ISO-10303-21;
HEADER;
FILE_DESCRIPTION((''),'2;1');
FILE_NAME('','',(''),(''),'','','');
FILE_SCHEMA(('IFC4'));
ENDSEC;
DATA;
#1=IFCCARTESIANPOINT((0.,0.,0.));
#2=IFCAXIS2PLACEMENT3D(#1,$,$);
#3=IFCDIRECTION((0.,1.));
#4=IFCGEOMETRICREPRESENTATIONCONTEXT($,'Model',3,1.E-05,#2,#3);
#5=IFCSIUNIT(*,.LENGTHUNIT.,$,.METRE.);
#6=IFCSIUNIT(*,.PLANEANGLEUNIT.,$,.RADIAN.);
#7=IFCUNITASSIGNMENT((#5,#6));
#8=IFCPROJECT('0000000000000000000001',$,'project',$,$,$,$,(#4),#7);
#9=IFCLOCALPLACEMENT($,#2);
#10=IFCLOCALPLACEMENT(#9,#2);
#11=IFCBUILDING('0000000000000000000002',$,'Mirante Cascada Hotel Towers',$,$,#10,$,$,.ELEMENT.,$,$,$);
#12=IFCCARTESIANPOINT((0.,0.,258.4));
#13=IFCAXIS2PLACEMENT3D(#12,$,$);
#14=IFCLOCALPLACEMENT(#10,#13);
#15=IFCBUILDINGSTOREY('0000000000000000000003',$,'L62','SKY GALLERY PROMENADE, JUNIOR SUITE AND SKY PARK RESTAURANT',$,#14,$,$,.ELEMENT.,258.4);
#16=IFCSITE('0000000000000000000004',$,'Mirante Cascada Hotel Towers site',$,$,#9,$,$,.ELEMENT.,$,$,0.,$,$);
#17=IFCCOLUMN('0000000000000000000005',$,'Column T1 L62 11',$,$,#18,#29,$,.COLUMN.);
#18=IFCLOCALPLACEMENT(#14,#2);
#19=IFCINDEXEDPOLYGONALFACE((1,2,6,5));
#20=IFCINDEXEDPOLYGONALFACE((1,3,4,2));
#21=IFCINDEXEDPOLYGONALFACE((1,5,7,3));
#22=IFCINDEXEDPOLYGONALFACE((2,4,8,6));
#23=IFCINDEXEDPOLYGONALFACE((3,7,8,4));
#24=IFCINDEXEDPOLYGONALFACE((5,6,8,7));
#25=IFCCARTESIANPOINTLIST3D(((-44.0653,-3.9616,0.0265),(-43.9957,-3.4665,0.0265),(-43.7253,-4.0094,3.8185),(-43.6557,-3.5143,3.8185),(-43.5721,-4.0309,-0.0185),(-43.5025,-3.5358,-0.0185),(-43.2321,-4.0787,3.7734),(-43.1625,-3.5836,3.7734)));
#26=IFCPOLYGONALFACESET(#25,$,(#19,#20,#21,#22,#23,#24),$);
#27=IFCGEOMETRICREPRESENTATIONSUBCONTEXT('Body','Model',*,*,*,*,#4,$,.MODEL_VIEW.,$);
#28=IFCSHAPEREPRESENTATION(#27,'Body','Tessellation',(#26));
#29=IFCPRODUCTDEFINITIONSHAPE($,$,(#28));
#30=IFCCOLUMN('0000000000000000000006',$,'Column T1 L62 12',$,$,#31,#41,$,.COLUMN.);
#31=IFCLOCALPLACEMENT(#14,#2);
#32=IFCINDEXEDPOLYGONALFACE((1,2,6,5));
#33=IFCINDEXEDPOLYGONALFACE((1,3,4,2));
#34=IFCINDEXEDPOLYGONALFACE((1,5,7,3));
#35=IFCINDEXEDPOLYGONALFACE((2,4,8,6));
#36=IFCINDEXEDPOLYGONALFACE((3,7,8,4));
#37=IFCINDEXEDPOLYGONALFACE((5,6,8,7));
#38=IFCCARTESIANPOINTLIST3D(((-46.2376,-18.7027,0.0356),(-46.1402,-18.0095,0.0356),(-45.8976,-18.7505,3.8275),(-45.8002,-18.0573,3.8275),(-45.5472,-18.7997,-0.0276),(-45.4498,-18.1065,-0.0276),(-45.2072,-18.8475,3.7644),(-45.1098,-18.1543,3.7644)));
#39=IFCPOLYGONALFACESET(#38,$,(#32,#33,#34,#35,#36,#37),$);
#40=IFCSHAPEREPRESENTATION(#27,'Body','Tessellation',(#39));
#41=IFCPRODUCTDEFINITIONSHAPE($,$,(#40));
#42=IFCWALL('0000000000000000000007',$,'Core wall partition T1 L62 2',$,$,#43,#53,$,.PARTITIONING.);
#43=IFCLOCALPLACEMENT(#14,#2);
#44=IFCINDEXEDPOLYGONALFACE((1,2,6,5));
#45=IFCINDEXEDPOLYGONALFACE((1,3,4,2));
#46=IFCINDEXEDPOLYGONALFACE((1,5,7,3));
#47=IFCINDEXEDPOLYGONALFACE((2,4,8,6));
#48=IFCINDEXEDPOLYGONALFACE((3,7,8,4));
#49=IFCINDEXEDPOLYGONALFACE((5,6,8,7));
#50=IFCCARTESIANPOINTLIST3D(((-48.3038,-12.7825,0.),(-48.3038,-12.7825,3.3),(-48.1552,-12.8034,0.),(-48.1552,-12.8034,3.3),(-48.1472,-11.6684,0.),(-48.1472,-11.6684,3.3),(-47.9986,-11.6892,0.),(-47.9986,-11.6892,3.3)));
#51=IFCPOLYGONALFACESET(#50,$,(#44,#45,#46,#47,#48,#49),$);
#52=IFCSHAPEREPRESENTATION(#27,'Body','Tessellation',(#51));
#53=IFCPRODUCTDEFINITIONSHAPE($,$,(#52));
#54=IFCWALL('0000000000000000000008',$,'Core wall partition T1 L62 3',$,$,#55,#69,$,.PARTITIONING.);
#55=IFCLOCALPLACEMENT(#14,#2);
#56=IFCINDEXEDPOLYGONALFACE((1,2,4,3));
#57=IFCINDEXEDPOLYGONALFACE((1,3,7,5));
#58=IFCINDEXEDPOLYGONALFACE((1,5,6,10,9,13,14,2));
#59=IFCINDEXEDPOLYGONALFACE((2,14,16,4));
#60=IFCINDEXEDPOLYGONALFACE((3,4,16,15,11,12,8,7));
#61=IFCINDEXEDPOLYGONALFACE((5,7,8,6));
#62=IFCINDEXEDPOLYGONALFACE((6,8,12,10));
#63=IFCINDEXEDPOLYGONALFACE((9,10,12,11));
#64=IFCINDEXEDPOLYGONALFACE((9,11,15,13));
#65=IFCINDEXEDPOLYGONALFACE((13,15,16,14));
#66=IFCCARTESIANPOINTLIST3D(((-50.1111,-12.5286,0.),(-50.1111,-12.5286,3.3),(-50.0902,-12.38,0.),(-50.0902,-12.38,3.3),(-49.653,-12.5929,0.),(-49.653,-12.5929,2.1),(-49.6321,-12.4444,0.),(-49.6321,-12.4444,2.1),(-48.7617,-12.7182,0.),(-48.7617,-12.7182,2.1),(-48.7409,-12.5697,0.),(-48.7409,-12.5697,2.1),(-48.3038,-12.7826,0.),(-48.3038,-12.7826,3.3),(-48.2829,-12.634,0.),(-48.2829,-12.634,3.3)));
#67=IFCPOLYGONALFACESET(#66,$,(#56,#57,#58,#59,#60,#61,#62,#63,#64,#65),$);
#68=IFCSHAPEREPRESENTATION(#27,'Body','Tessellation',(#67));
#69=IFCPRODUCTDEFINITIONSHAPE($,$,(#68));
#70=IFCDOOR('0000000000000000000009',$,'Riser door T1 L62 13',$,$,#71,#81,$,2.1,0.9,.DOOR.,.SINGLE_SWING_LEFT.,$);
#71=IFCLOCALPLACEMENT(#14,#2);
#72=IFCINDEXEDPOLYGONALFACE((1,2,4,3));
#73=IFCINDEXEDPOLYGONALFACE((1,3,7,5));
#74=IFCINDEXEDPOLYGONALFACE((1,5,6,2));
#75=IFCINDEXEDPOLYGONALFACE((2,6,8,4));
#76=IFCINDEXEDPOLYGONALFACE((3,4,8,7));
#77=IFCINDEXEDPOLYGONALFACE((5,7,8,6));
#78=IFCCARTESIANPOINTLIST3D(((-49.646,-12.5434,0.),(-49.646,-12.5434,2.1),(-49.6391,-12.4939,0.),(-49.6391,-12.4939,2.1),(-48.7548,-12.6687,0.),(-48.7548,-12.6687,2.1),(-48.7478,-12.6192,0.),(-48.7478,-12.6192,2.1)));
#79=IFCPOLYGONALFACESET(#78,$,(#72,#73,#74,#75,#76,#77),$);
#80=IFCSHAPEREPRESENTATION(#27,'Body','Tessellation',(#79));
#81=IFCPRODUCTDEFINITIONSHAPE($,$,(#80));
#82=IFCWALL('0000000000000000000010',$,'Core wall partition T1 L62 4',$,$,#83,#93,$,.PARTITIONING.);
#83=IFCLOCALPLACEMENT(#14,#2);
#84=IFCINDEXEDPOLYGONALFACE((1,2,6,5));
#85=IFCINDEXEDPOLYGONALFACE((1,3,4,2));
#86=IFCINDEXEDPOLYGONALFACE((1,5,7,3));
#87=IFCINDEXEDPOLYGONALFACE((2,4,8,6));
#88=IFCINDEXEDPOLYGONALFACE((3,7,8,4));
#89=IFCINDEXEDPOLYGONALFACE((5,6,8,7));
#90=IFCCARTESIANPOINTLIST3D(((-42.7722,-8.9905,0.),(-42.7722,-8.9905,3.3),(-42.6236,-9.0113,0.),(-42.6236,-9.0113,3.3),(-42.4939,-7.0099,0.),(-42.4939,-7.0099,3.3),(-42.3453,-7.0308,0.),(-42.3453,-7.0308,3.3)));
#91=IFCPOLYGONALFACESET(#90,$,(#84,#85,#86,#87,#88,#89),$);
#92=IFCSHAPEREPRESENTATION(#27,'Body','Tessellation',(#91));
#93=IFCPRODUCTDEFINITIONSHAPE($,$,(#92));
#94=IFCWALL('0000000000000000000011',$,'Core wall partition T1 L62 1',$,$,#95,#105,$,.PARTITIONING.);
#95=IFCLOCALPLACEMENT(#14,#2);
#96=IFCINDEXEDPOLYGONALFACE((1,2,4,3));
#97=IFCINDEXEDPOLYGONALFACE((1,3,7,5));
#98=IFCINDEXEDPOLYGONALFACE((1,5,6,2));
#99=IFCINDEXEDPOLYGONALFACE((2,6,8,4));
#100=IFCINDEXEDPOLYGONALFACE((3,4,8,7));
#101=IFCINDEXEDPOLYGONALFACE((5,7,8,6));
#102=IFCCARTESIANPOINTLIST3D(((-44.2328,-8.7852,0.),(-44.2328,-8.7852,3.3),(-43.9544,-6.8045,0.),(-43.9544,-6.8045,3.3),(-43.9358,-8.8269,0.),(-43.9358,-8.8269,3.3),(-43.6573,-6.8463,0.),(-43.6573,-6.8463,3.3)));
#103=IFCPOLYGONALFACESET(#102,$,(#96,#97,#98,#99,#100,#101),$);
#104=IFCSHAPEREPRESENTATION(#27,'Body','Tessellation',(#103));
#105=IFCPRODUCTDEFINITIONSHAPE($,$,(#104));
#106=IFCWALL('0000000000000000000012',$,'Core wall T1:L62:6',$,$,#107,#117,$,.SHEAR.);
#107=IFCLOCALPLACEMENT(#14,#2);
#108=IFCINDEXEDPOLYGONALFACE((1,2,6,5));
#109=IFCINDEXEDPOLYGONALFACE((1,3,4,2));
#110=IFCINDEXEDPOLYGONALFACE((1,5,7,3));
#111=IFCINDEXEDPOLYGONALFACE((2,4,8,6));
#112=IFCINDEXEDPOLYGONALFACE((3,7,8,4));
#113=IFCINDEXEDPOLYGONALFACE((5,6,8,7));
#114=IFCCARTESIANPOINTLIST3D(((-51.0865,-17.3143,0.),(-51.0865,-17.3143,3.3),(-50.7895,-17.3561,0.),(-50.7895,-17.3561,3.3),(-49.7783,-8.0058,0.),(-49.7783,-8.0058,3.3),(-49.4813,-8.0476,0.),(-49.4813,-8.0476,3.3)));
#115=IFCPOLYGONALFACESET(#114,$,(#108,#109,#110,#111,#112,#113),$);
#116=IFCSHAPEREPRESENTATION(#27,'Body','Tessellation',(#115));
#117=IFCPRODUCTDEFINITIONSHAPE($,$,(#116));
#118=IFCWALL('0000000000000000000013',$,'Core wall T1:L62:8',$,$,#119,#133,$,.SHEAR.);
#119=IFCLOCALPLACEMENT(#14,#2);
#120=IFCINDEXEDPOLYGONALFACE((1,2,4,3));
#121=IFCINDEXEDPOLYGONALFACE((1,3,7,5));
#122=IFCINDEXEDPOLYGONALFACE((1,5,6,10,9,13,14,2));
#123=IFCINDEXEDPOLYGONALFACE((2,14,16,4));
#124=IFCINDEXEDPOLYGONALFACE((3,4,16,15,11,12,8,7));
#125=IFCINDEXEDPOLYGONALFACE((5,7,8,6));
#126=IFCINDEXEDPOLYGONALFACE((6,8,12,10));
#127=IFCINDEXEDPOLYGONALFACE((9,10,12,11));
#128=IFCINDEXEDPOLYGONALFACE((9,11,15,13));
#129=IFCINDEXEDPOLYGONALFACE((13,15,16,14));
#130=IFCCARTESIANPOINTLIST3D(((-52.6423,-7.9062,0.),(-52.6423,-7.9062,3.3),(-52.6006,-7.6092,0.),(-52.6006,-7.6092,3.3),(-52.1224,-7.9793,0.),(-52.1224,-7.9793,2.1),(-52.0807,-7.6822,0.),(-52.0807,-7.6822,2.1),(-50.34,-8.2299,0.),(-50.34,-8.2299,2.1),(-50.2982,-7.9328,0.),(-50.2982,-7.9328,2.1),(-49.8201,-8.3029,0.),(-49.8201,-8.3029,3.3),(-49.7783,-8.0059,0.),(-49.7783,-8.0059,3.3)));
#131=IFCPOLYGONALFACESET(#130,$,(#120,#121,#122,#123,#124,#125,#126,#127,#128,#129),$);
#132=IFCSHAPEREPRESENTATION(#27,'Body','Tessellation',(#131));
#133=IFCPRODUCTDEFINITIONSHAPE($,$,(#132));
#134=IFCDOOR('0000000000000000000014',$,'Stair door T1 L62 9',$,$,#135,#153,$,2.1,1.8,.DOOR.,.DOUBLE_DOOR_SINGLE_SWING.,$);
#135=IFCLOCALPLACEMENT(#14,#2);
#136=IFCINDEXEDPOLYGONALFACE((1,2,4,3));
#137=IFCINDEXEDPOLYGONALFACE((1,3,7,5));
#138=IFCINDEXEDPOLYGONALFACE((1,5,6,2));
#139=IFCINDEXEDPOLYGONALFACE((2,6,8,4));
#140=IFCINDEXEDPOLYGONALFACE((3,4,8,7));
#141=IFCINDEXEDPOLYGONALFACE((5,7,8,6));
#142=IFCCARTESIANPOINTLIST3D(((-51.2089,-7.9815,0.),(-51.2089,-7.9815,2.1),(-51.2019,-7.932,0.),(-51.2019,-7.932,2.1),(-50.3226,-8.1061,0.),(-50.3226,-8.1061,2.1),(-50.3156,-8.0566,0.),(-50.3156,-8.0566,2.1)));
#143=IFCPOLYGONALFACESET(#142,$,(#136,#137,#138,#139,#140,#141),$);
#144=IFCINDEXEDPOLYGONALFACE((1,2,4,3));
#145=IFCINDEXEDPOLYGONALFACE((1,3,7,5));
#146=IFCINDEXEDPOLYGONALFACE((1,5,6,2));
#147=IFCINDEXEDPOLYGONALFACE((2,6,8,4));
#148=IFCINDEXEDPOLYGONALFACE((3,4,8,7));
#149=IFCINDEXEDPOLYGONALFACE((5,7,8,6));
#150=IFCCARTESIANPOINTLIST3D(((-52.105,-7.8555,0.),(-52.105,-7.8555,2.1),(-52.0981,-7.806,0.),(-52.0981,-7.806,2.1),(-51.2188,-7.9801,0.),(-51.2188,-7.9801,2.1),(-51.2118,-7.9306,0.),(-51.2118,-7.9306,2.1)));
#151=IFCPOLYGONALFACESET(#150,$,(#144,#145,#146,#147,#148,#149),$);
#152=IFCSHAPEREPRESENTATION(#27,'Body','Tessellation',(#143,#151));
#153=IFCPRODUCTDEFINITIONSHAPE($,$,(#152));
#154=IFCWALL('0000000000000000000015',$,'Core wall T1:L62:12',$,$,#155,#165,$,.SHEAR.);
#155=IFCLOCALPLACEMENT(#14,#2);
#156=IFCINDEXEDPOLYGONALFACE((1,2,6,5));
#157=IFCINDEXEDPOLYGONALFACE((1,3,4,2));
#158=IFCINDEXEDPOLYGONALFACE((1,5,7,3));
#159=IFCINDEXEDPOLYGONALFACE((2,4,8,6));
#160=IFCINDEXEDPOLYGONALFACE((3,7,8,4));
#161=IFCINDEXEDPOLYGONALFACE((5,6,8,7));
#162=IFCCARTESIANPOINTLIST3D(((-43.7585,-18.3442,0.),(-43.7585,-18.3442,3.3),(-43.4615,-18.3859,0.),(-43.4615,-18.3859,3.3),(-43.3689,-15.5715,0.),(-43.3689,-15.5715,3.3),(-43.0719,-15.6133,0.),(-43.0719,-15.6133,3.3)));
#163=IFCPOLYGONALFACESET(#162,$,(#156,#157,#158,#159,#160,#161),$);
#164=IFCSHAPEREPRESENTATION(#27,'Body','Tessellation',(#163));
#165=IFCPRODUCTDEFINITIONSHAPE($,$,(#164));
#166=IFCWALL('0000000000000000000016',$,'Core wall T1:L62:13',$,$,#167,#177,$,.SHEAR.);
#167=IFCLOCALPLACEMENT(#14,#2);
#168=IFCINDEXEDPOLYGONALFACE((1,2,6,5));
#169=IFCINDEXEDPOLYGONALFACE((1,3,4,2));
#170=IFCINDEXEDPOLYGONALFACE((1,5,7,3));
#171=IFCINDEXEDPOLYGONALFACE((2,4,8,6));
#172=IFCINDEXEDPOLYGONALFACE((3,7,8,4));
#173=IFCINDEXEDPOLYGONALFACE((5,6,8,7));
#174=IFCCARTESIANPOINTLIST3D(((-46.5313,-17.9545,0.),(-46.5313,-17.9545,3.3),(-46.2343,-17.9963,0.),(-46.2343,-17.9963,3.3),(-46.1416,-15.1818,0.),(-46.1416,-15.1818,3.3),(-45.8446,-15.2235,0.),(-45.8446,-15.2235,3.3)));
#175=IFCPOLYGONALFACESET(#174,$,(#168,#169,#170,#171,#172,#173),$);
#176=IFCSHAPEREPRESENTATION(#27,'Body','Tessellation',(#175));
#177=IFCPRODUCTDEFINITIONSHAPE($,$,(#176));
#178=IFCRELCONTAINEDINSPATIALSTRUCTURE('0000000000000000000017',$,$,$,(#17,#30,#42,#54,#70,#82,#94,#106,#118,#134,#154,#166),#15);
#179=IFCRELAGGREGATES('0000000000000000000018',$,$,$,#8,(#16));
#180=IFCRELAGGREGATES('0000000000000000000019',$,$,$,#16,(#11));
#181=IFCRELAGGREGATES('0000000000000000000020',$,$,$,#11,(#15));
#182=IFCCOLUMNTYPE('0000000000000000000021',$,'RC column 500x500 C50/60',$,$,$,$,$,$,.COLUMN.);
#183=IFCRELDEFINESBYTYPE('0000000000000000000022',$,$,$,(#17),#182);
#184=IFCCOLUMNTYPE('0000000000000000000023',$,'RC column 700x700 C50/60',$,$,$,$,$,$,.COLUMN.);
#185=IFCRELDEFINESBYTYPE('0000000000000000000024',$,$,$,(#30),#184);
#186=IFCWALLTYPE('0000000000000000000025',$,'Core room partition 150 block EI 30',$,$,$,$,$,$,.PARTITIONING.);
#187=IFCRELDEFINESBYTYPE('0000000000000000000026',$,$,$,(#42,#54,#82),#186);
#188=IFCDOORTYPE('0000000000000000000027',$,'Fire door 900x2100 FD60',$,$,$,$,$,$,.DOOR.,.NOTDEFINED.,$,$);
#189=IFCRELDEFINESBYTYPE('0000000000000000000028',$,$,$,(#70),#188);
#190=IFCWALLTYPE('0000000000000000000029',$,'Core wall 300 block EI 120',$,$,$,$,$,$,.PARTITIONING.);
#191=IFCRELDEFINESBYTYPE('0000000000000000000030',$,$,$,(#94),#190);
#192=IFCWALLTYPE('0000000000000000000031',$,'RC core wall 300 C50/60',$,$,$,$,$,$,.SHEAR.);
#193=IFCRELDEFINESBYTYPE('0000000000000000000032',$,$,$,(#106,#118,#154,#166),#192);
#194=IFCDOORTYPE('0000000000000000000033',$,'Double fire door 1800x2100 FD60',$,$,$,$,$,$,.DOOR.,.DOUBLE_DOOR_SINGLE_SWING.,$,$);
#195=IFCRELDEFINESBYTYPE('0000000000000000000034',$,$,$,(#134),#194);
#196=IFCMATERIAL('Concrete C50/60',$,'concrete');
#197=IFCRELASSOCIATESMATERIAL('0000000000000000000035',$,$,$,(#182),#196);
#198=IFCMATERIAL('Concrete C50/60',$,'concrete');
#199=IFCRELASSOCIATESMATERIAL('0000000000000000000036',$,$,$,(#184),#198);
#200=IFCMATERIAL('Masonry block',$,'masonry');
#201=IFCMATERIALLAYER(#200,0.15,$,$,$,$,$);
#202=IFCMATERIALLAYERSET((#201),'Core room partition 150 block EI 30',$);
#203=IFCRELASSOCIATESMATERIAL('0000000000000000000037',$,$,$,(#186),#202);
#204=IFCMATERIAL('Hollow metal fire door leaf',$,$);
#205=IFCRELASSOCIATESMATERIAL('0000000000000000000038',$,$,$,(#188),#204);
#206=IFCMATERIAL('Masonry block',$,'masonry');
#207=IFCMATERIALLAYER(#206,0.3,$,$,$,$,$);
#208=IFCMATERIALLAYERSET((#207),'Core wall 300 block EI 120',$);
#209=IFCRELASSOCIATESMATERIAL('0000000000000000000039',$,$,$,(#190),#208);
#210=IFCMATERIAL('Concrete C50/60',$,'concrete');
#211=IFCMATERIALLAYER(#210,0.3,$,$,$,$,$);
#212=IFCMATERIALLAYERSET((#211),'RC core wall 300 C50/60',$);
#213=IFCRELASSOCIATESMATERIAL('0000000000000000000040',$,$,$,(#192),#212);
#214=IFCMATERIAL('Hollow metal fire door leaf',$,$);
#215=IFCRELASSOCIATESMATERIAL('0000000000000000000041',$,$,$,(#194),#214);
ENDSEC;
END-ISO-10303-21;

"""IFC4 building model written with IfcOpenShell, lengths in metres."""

from ifc_helpers import new_model, si_unit, direction, frame, frame_2d, origin, origin_2d, place, context, subcontext, project, spatial, rectangle, extrude, material, layer, layer_set, material_profile, profile_set, type_object, element, fill, save


model = new_model("IFC4")

# Units and contexts
model_context = context("Model", 3, precision=1e-05, world=origin(), true_north=direction((0.0, 1.0)))
body_context = subcontext(model_context, "Body", "Model", "MODEL_VIEW")
ifc_project = project(units=[si_unit("LENGTHUNIT", "METRE"), si_unit("PLANEANGLEUNIT", "RADIAN")], contexts=[model_context])

# Site, building, storey
site_placement = place(None, origin())
site = spatial("IfcSite", under=ifc_project, at=site_placement, Name="Mirante Cascada Hotel Towers site", CompositionType="ELEMENT", RefElevation=0.0)
building_placement = place(site_placement, origin())
building = spatial("IfcBuilding", under=site, at=building_placement, Name="Mirante Cascada Hotel Towers", CompositionType="ELEMENT")
storey_placement = place(building_placement, frame((0.0, 0.0, 258.4)))
storey = spatial("IfcBuildingStorey", under=building, at=storey_placement, Name="L62", Description="SKY GALLERY PROMENADE, JUNIOR SUITE AND SKY PARK RESTAURANT", CompositionType="ELEMENT", Elevation=258.4)

# Columns
ifc_material_1 = material(Name="Concrete C50/60", Category="concrete")
ifc_material_profile_1 = material_profile(ifc_material_1, rectangle(XDim=0.5, YDim=0.5, at=origin_2d()), Name="RC column 500x500 C50/60")
ifc_profile_set_1 = profile_set([ifc_material_profile_1], Name="Concrete C50/60")
column_type_1 = type_object("IfcColumnType", Name="RC column 500x500 C50/60", PredefinedType="COLUMN", material=ifc_profile_set_1)
column_1_placement = place(storey_placement, frame((-43.7839, -3.7487, 0.004), z_axis=(0.089297, -0.012554, 0.995926), x_axis=(0.139219, 0.990262, 0.0)))
element("IfcColumn", 1, at=column_1_placement, inside=storey, type_object=column_type_1, Name="Column T1 L62 11", PredefinedType="COLUMN", context=body_context, shape_type="SweptSolid", body=[
    extrude(rectangle(XDim=0.5, YDim=0.5, at=origin_2d()), origin(), (0.0, 0.0, 1.0), 3.8075),
])
ifc_material_2 = material(Name="Concrete C50/60", Category="concrete")
ifc_material_profile_2 = material_profile(ifc_material_2, rectangle(XDim=0.7, YDim=0.7, at=origin_2d()), Name="RC column 700x700 C50/60")
ifc_profile_set_2 = profile_set([ifc_material_profile_2], Name="Concrete C50/60")
column_type_2 = type_object("IfcColumnType", Name="RC column 700x700 C50/60", PredefinedType="COLUMN", material=ifc_profile_set_2)
column_2_placement = place(storey_placement, frame((-45.8437, -18.4046, 0.004), z_axis=(0.089297, -0.012554, 0.995926), x_axis=(0.139219, 0.990262, 0.0)))
element("IfcColumn", 2, at=column_2_placement, inside=storey, type_object=column_type_2, Name="Column T1 L62 12", PredefinedType="COLUMN", context=body_context, shape_type="SweptSolid", body=[
    extrude(rectangle(XDim=0.7, YDim=0.7, at=origin_2d()), origin(), (0.0, 0.0, 1.0), 3.8075),
])

# Wall
ifc_material_3 = material(Name="Masonry block", Category="masonry")
ifc_layer_1 = layer(ifc_material_3, 0.15)
ifc_layer_set_1 = layer_set([ifc_layer_1], Name="Core room partition 150 block EI 30")
wall_type_1 = type_object("IfcWallType", Name="Core room partition 150 block EI 30", PredefinedType="PARTITIONING", material=ifc_layer_set_1)
wall_1_placement = place(storey_placement, frame((-48.2295, -12.793, 0.0), z_axis=(0.0, 0.0, 1.0), x_axis=(0.139193, 0.990265, 0.0)))
element("IfcWall", 3, at=wall_1_placement, inside=storey, type_object=wall_type_1, Name="Core wall partition T1 L62 2", PredefinedType="PARTITIONING", context=body_context, shape_type="SweptSolid", body=[
    extrude(rectangle(XDim=1.1251, YDim=0.15, at=frame_2d((0.5626, 0.0))), origin(), (0.0, 0.0, 1.0), 3.3),
])

# Wall, opening, door
wall_2_placement = place(storey_placement, frame((-48.2933, -12.7083, 0.0), z_axis=(0.0, 0.0, 1.0), x_axis=(-0.990268, 0.139173, 0.0)))
wall_2 = element("IfcWall", 4, at=wall_2_placement, inside=storey, type_object=wall_type_1, Name="Core wall partition T1 L62 3", PredefinedType="PARTITIONING", context=body_context, shape_type="SweptSolid", body=[
    extrude(rectangle(XDim=1.8251, YDim=0.15, at=frame_2d((0.9126, 0.0))), origin(), (0.0, 0.0, 1.0), 3.3),
])
opening_1_placement = place(wall_2_placement, frame((0.4625, 0.0, 0.0)))
opening_1 = element("IfcOpeningElement", 5, at=opening_1_placement, cuts=wall_2, PredefinedType="OPENING", context=body_context, shape_type="SweptSolid", body=[
    extrude(rectangle(XDim=0.9, YDim=2.1, at=frame_2d((0.45, 1.05))), frame((0.0, 0.075, 0.0), z_axis=(0.0, -1.0, 0.0), x_axis=(1.0, 0.0, 0.0)), (0.0, 0.0, 1.0), 0.15),
])
ifc_material_4 = material(Name="Hollow metal fire door leaf")
door_type_1 = type_object("IfcDoorType", Name="Fire door 900x2100 FD60", OperationType="NOTDEFINED", PredefinedType="DOOR", material=ifc_material_4)
door_1_placement = place(opening_1_placement, origin())
door_1 = element("IfcDoor", 6, at=door_1_placement, inside=storey, type_object=door_type_1, Name="Riser door T1 L62 13", OperationType="SINGLE_SWING_LEFT", OverallHeight=2.1, OverallWidth=0.9, PredefinedType="DOOR", context=body_context, shape_type="SweptSolid", body=[
    extrude(rectangle(XDim=0.9, YDim=2.1, at=frame_2d((0.45, 1.05))), frame((0.0, 0.025, 0.0), z_axis=(0.0, -1.0, 0.0), x_axis=(1.0, 0.0, 0.0)), (0.0, 0.0, 1.0), 0.05),
])
fill(opening_1, door_1)

# Walls
wall_3_placement = place(storey_placement, frame((-42.6979, -9.0009, 0.0), z_axis=(0.0, 0.0, 1.0), x_axis=(0.139153, 0.990271, 0.0)))
element("IfcWall", 7, at=wall_3_placement, inside=storey, type_object=wall_type_1, Name="Core wall partition T1 L62 4", PredefinedType="PARTITIONING", context=body_context, shape_type="SweptSolid", body=[
    extrude(rectangle(XDim=2.0, YDim=0.15, at=frame_2d((1.0, 0.0))), origin(), (0.0, 0.0, 1.0), 3.3),
])
ifc_material_5 = material(Name="Masonry block", Category="masonry")
ifc_layer_2 = layer(ifc_material_5, 0.3)
ifc_layer_set_2 = layer_set([ifc_layer_2], Name="Core wall 300 block EI 120")
wall_type_2 = type_object("IfcWallType", Name="Core wall 300 block EI 120", PredefinedType="PARTITIONING", material=ifc_layer_set_2)
wall_4_placement = place(storey_placement, frame((-44.0843, -8.8061, 0.0), z_axis=(0.0, 0.0, 1.0), x_axis=(0.139195, 0.990265, 0.0)))
element("IfcWall", 8, at=wall_4_placement, inside=storey, type_object=wall_type_2, Name="Core wall partition T1 L62 1", PredefinedType="PARTITIONING", context=body_context, shape_type="SweptSolid", body=[
    extrude(rectangle(XDim=2.0001, YDim=0.3, at=frame_2d((1.0001, 0.0))), origin(), (0.0, 0.0, 1.0), 3.3),
])
ifc_material_6 = material(Name="Concrete C50/60", Category="concrete")
ifc_layer_3 = layer(ifc_material_6, 0.3)
ifc_layer_set_3 = layer_set([ifc_layer_3], Name="RC core wall 300 C50/60")
wall_type_3 = type_object("IfcWallType", Name="RC core wall 300 C50/60", PredefinedType="SHEAR", material=ifc_layer_set_3)
wall_5_placement = place(storey_placement, frame((-50.938, -17.3352, 0.0), z_axis=(0.0, 0.0, 1.0), x_axis=(0.139171, 0.990268, 0.0)))
element("IfcWall", 9, at=wall_5_placement, inside=storey, type_object=wall_type_3, Name="Core wall T1:L62:6", PredefinedType="SHEAR", context=body_context, shape_type="SweptSolid", body=[
    extrude(rectangle(XDim=9.4, YDim=0.3, at=frame_2d((4.7, 0.0))), origin(), (0.0, 0.0, 1.0), 3.3),
])

# Wall, opening, door
wall_6_placement = place(storey_placement, frame((-49.7992, -8.1544, 0.0), z_axis=(0.0, 0.0, 1.0), x_axis=(-0.990266, 0.139191, 0.0)))
wall_6 = element("IfcWall", 10, at=wall_6_placement, inside=storey, type_object=wall_type_3, Name="Core wall T1:L62:8", PredefinedType="SHEAR", context=body_context, shape_type="SweptSolid", body=[
    extrude(rectangle(XDim=2.85, YDim=0.3, at=frame_2d((1.425, 0.0))), origin(), (0.0, 0.0, 1.0), 3.3),
])
opening_2_placement = place(wall_6_placement, frame((0.525, 0.0, 0.0)))
opening_2 = element("IfcOpeningElement", 11, at=opening_2_placement, cuts=wall_6, PredefinedType="OPENING", context=body_context, shape_type="SweptSolid", body=[
    extrude(rectangle(XDim=1.8, YDim=2.1, at=frame_2d((0.9, 1.05))), frame((0.0, 0.15, 0.0), z_axis=(0.0, -1.0, 0.0), x_axis=(1.0, 0.0, 0.0)), (0.0, 0.0, 1.0), 0.3),
])
ifc_material_7 = material(Name="Hollow metal fire door leaf")
door_type_2 = type_object("IfcDoorType", Name="Double fire door 1800x2100 FD60", OperationType="DOUBLE_DOOR_SINGLE_SWING", PredefinedType="DOOR", material=ifc_material_7)
door_2_placement = place(opening_2_placement, origin())
door_2 = element("IfcDoor", 12, at=door_2_placement, inside=storey, type_object=door_type_2, Name="Stair door T1 L62 9", OperationType="DOUBLE_DOOR_SINGLE_SWING", OverallHeight=2.1, OverallWidth=1.8, PredefinedType="DOOR", context=body_context, shape_type="SweptSolid", body=[
    extrude(rectangle(XDim=0.895, YDim=2.1, at=frame_2d((0.4475, 1.05))), frame((0.0, 0.025, 0.0), z_axis=(0.0, -1.0, 0.0), x_axis=(1.0, 0.0, 0.0)), (0.0, 0.0, 1.0), 0.05),
    extrude(rectangle(XDim=0.895, YDim=2.1, at=frame_2d((1.3525, 1.05))), frame((0.0, 0.025, 0.0), z_axis=(0.0, -1.0, 0.0), x_axis=(1.0, 0.0, 0.0)), (0.0, 0.0, 1.0), 0.05),
])
fill(opening_2, door_2)

# Walls
wall_7_placement = place(storey_placement, frame((-43.61, -18.3651, 0.0), z_axis=(0.0, 0.0, 1.0), x_axis=(0.139146, 0.990272, 0.0)))
element("IfcWall", 13, at=wall_7_placement, inside=storey, type_object=wall_type_3, Name="Core wall T1:L62:12", PredefinedType="SHEAR", context=body_context, shape_type="SweptSolid", body=[
    extrude(rectangle(XDim=2.7999, YDim=0.3, at=frame_2d((1.4, 0.0))), origin(), (0.0, 0.0, 1.0), 3.3),
])
wall_8_placement = place(storey_placement, frame((-46.3828, -17.9754, 0.0), z_axis=(0.0, 0.0, 1.0), x_axis=(0.139181, 0.990267, 0.0)))
element("IfcWall", 14, at=wall_8_placement, inside=storey, type_object=wall_type_3, Name="Core wall T1:L62:13", PredefinedType="SHEAR", context=body_context, shape_type="SweptSolid", body=[
    extrude(rectangle(XDim=2.8, YDim=0.3, at=frame_2d((1.4, 0.0))), origin(), (0.0, 0.0, 1.0), 3.3),
])

save(model, "model.ifc")
